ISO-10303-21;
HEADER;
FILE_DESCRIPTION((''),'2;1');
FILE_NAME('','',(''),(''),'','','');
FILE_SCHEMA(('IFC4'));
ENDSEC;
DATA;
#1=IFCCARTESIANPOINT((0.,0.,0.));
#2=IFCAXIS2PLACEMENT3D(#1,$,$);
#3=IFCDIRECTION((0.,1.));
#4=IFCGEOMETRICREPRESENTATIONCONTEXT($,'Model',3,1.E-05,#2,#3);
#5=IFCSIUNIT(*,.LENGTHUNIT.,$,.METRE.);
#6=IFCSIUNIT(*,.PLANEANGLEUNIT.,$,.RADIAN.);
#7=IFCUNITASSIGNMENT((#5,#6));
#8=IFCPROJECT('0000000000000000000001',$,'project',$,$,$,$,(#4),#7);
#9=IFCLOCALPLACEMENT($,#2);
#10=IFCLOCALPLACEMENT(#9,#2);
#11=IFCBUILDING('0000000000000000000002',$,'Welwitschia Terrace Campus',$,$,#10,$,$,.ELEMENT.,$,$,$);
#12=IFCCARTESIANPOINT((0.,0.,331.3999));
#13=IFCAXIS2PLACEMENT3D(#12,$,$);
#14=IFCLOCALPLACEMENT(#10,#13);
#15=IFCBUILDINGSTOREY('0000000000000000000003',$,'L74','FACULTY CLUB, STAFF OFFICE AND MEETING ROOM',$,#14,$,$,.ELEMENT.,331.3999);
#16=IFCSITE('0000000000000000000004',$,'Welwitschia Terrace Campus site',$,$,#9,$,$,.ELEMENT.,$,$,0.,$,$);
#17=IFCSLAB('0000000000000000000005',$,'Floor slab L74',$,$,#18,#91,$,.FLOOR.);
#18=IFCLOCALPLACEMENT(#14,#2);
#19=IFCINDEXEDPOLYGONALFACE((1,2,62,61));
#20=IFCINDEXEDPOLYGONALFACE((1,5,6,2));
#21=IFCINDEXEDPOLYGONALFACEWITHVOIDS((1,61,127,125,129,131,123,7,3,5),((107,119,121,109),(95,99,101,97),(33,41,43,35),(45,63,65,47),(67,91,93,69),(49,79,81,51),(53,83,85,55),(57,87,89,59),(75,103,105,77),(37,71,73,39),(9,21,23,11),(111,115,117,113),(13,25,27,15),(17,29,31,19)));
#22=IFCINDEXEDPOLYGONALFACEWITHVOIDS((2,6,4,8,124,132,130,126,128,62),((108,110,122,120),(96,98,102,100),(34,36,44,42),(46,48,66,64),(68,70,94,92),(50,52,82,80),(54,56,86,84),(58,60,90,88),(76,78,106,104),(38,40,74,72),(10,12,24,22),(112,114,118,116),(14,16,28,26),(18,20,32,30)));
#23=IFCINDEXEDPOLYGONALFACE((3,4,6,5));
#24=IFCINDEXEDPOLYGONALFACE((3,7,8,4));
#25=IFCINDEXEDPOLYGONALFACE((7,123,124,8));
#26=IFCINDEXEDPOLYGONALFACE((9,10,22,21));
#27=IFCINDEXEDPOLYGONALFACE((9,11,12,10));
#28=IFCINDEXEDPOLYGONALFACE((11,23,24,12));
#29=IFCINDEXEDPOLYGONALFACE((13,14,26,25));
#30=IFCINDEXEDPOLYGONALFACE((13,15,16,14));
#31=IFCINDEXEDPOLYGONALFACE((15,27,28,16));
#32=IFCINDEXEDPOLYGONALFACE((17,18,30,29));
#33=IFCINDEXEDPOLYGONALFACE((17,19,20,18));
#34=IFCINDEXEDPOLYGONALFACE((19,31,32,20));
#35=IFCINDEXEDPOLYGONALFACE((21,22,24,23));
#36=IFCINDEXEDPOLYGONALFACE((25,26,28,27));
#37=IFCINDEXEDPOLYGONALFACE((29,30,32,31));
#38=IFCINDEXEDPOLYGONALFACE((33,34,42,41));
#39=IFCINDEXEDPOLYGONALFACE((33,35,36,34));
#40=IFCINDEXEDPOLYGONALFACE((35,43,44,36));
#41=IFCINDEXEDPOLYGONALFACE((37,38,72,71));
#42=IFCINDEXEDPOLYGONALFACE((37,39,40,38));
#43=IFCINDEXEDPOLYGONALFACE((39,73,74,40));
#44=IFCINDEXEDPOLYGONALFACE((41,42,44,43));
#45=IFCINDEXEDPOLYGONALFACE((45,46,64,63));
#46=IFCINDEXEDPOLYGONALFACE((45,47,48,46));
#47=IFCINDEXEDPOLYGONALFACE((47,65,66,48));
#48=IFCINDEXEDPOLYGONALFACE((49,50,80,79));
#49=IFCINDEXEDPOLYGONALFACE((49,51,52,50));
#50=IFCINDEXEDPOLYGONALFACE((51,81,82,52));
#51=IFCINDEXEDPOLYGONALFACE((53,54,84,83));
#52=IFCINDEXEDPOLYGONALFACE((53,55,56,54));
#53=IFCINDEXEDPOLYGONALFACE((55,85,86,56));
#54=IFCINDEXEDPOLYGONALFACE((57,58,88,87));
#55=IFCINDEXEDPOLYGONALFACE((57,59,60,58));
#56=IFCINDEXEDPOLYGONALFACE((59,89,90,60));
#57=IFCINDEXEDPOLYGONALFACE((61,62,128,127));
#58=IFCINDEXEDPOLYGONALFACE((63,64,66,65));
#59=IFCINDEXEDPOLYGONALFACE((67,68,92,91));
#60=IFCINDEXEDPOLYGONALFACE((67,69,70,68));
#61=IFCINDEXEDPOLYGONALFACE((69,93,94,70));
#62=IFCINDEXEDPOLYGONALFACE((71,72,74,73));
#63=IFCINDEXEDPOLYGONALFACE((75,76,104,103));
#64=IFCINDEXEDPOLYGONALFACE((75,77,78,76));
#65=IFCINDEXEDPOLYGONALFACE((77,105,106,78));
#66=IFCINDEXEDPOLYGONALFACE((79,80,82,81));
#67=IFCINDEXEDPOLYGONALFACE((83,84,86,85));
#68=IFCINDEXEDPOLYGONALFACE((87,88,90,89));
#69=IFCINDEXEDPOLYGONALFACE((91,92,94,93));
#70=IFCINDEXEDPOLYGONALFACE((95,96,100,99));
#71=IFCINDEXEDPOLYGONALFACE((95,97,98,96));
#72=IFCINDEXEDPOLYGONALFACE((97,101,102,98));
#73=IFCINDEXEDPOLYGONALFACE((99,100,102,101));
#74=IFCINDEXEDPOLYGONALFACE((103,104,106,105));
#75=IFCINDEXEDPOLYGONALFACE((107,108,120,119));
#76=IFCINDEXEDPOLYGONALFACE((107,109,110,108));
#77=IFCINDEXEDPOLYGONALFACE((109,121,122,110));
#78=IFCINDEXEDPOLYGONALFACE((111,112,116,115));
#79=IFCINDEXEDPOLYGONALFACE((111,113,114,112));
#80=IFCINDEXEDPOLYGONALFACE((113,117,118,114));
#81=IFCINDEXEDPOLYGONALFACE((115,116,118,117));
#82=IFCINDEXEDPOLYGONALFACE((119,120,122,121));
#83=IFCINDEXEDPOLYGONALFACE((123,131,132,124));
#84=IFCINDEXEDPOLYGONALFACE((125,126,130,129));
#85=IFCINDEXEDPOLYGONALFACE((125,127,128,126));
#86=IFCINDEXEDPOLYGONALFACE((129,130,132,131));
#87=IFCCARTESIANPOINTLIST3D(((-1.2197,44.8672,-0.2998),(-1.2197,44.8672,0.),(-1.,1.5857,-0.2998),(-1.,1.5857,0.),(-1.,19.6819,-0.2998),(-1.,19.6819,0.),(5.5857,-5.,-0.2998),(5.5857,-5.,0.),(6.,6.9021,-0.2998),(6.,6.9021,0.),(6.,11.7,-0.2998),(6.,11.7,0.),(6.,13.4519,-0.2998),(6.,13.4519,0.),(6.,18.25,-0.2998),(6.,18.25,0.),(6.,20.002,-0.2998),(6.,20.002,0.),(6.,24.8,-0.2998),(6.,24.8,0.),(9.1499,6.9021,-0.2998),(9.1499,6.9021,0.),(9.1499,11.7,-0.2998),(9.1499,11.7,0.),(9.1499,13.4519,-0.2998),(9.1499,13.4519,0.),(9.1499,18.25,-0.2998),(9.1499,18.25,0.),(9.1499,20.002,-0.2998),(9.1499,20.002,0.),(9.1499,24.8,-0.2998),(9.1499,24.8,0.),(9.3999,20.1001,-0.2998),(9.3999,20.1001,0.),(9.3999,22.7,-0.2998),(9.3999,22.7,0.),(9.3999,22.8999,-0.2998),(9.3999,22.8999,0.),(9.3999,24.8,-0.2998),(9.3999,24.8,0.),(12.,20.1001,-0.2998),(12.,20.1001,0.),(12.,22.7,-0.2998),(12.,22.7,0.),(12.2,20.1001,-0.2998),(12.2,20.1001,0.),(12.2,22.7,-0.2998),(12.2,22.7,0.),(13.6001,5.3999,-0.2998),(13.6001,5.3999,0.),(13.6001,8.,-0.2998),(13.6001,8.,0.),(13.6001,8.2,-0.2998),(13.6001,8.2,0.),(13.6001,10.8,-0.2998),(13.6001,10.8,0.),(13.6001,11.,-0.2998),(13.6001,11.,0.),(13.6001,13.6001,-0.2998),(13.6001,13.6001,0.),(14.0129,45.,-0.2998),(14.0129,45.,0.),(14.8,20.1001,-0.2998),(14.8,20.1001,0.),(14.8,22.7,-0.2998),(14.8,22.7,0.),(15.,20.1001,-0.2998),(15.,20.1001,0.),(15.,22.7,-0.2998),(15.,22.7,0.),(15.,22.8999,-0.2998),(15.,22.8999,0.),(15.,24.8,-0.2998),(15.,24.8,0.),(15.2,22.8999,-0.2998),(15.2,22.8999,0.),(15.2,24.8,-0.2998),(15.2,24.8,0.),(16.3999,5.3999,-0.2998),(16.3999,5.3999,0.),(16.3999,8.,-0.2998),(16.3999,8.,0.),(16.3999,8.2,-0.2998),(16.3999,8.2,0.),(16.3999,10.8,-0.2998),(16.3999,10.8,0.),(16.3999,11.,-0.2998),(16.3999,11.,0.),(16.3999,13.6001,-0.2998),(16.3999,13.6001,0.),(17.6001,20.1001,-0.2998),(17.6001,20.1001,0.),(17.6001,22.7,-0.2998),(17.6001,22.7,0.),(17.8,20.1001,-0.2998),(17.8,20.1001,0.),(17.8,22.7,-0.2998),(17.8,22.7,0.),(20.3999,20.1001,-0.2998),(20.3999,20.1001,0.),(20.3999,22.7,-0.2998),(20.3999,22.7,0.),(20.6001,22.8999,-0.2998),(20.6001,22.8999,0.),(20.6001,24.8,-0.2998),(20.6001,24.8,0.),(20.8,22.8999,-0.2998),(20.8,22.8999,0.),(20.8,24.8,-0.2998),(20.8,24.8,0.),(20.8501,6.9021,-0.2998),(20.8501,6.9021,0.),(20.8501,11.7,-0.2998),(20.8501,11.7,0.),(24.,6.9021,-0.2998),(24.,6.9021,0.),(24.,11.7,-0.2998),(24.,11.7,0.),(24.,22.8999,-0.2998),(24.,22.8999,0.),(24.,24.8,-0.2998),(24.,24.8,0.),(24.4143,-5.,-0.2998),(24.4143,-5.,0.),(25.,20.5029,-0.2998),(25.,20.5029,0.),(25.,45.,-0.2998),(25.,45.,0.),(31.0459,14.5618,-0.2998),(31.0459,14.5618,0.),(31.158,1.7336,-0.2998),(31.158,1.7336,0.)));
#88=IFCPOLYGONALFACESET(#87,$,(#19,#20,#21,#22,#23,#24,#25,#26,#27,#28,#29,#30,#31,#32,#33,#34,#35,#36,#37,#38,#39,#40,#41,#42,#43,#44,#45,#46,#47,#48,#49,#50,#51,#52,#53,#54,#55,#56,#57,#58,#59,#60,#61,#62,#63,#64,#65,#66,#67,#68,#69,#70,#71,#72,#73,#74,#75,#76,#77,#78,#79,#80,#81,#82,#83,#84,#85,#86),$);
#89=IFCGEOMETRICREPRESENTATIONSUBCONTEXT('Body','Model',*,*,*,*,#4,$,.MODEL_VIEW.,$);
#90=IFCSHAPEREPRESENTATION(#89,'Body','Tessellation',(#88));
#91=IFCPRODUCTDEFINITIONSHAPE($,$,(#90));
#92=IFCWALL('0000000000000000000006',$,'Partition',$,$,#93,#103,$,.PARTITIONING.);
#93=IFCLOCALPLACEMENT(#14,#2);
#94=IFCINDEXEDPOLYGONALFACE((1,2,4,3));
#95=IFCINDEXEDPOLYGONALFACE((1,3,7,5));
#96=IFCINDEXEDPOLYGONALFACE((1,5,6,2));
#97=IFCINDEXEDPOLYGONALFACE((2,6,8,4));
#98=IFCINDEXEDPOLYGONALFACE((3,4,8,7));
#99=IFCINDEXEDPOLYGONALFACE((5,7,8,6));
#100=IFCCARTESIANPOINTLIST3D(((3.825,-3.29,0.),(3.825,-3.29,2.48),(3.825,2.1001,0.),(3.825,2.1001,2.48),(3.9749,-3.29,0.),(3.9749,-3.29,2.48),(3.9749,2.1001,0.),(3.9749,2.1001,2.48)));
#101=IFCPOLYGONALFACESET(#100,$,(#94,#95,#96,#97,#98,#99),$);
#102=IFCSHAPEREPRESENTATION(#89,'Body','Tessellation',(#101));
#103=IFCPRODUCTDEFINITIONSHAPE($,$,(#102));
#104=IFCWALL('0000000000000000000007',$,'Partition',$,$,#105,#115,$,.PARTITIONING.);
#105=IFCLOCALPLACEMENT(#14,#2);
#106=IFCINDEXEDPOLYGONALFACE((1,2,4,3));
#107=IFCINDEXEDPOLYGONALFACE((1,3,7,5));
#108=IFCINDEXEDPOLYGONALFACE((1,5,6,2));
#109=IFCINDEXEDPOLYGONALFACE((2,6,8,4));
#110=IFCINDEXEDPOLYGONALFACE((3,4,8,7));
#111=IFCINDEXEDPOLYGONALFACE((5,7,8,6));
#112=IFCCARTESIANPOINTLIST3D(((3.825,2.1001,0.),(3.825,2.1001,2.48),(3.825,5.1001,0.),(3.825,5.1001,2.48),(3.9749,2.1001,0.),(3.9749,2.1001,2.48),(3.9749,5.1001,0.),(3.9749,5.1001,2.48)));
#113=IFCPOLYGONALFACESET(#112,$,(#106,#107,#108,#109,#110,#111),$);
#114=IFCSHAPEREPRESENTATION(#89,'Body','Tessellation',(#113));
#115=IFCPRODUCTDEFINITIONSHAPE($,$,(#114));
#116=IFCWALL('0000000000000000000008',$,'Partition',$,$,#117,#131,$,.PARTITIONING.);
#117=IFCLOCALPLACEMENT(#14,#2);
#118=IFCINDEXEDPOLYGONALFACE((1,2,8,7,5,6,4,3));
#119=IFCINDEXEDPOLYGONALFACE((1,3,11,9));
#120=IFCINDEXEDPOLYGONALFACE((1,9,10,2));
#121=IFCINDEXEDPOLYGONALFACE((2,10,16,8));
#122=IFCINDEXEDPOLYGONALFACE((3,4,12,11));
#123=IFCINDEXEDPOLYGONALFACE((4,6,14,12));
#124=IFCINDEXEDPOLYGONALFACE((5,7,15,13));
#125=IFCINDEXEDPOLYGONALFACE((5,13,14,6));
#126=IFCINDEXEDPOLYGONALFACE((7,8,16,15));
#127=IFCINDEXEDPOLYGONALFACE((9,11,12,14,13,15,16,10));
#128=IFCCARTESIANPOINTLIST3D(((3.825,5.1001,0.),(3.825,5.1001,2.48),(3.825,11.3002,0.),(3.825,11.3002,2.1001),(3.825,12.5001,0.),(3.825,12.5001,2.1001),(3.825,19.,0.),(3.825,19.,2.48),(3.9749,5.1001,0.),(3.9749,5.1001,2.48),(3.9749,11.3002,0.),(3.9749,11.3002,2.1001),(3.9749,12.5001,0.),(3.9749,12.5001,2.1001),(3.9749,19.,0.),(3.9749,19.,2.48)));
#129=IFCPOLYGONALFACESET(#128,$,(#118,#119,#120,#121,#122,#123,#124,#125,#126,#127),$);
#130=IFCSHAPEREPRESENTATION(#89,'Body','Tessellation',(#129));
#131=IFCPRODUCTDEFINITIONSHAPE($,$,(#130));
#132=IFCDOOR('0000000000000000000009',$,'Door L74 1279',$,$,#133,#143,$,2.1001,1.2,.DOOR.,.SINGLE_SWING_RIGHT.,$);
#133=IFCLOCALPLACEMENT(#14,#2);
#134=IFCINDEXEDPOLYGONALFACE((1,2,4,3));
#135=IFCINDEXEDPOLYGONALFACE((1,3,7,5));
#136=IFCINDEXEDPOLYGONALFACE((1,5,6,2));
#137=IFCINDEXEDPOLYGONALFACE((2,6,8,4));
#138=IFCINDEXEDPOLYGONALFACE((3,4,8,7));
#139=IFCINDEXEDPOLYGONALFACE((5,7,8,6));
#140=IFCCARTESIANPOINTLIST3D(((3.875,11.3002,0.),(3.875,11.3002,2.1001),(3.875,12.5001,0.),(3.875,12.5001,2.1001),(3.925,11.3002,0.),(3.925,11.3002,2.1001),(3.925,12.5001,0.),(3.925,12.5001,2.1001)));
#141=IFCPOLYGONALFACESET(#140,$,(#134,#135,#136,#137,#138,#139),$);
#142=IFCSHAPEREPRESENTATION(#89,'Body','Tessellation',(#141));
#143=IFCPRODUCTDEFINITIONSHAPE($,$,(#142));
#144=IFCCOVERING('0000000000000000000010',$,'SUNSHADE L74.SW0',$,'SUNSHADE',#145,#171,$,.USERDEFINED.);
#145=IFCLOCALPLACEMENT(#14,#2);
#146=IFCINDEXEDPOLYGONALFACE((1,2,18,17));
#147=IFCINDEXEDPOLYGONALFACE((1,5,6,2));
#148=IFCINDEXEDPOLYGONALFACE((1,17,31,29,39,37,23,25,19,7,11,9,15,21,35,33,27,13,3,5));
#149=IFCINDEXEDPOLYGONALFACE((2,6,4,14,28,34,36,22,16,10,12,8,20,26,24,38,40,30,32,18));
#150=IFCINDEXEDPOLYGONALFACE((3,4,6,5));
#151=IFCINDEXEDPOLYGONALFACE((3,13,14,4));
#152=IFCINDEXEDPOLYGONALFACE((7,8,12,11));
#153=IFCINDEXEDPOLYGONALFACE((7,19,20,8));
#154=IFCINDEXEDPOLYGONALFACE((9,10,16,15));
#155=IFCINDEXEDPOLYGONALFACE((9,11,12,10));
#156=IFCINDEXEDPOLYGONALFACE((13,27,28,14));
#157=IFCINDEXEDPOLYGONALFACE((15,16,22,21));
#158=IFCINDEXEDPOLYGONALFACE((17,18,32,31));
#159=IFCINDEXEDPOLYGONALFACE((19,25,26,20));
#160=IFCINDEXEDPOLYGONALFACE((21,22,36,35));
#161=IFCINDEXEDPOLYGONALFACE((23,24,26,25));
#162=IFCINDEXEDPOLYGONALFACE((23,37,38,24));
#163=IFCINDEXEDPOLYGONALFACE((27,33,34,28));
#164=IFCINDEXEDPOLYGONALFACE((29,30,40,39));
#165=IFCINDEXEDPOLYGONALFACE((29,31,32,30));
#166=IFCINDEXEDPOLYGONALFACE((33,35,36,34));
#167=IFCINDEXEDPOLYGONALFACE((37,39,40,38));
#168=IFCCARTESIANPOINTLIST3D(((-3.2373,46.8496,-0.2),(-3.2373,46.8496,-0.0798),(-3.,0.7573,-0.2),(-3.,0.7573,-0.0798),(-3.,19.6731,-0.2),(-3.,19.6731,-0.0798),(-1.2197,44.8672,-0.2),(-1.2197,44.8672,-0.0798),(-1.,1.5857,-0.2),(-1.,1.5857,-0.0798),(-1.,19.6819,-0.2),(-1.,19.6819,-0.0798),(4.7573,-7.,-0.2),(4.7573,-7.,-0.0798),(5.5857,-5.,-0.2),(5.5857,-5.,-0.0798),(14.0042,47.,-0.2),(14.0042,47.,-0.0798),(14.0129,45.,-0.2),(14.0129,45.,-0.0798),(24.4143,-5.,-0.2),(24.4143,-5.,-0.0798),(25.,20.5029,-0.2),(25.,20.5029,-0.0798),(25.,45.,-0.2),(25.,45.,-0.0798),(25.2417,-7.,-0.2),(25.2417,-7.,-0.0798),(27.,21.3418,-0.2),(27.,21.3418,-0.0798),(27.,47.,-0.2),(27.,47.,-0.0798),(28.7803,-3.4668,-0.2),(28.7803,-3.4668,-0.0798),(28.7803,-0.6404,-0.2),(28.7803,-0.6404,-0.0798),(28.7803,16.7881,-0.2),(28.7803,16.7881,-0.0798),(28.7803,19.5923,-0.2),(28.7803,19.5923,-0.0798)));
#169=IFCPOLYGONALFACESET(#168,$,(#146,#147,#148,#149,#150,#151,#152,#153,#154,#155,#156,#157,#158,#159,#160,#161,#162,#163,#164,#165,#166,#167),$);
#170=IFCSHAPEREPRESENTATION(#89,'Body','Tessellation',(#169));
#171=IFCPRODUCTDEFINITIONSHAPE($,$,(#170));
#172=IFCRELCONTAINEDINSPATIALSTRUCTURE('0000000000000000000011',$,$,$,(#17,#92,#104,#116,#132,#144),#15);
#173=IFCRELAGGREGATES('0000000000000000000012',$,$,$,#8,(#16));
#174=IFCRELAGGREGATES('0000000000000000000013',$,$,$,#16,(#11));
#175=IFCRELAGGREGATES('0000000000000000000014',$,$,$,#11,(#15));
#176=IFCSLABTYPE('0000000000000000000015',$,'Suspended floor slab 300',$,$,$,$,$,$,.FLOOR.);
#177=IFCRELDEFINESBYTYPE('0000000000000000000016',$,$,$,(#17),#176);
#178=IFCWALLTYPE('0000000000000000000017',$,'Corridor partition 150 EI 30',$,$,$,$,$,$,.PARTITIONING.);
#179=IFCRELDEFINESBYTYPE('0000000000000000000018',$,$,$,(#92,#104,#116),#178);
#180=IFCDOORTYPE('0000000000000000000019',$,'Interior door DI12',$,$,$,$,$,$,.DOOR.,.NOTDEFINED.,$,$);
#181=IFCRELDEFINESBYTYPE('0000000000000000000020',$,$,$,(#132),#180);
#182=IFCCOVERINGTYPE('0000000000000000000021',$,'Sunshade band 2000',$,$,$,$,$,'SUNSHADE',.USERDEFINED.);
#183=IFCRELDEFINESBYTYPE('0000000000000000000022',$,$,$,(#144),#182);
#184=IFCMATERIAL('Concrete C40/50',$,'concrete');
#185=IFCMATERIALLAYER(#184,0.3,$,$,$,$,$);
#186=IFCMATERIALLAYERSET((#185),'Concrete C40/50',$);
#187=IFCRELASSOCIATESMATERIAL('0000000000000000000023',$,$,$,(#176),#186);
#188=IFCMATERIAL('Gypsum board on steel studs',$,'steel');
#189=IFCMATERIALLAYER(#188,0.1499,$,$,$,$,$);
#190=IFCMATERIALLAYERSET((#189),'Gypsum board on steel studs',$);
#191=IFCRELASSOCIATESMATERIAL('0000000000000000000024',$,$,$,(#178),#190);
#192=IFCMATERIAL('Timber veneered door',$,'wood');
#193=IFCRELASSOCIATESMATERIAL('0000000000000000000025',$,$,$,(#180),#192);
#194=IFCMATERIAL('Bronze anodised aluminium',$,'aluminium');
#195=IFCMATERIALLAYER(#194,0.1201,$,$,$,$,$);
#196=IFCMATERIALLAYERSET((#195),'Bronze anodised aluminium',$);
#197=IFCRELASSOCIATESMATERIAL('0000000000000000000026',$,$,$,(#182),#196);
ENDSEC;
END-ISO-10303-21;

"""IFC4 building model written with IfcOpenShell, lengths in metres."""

from ifc_helpers import new_model, si_unit, direction, frame, frame_2d, origin, place, context, subcontext, project, spatial, polyline, rectangle, outline, extrude, material, layer, layer_set, type_object, element, fill, save


model = new_model("IFC4")

# Units and contexts
model_context = context("Model", 3, precision=1e-05, world=origin(), true_north=direction((0.0, 1.0)))
body_context = subcontext(model_context, "Body", "Model", "MODEL_VIEW")
ifc_project = project(units=[si_unit("LENGTHUNIT", "METRE"), si_unit("PLANEANGLEUNIT", "RADIAN")], contexts=[model_context])

# Site, building, storey
site_placement = place(None, origin())
site = spatial("IfcSite", under=ifc_project, at=site_placement, Name="Welwitschia Terrace Campus site", CompositionType="ELEMENT", RefElevation=0.0)
building_placement = place(site_placement, origin())
building = spatial("IfcBuilding", under=site, at=building_placement, Name="Welwitschia Terrace Campus", CompositionType="ELEMENT")
storey_placement = place(building_placement, frame((0.0, 0.0, 331.3999)))
storey = spatial("IfcBuildingStorey", under=building, at=storey_placement, Name="L74", Description="FACULTY CLUB, STAFF OFFICE AND MEETING ROOM", CompositionType="ELEMENT", Elevation=331.3999)

# Slab
ifc_material_1 = material(Name="Concrete C40/50", Category="concrete")
ifc_layer_1 = layer(ifc_material_1, 0.3)
ifc_layer_set_1 = layer_set([ifc_layer_1], Name="Concrete C40/50")
slab_type_1 = type_object("IfcSlabType", Name="Suspended floor slab 300", PredefinedType="FLOOR", material=ifc_layer_set_1)
slab_1_placement = place(storey_placement, frame((0.0, 0.0, -0.2998)))
element("IfcSlab", 1, at=slab_1_placement, inside=storey, type_object=slab_type_1, Name="Floor slab L74", PredefinedType="FLOOR", context=body_context, shape_type="SweptSolid", body=[
    extrude(outline(polyline([(14.0129, 45.0), (25.0, 45.0), (25.0, 20.5029), (31.0459, 14.5618), (31.158, 1.7336), (24.4143, -5.0), (5.5857, -5.0), (-1.0, 1.5857), (-1.0, 19.6819), (-1.2197, 44.8672), (14.0129, 45.0)]), holes=[polyline([(13.6001, 8.0), (13.6001, 5.3999), (16.3999, 5.3999), (16.3999, 8.0), (13.6001, 8.0)]), polyline([(9.1499, 11.7), (6.0, 11.7), (6.0, 6.9021), (9.1499, 6.9021), (9.1499, 11.7)]), polyline([(9.1499, 18.25), (6.0, 18.25), (6.0, 13.4519), (9.1499, 13.4519), (9.1499, 18.25)]), polyline([(12.0, 22.7), (9.3999, 22.7), (9.3999, 20.1001), (12.0, 20.1001), (12.0, 22.7)]), polyline([(14.8, 22.7), (12.2, 22.7), (12.2, 20.1001), (14.8, 20.1001), (14.8, 22.7)]), polyline([(9.1499, 24.8), (6.0, 24.8), (6.0, 20.002), (9.1499, 20.002), (9.1499, 24.8)]), polyline([(15.0, 24.8), (9.3999, 24.8), (9.3999, 22.8999), (15.0, 22.8999), (15.0, 24.8)]), polyline([(20.8501, 11.7), (20.8501, 6.9021), (24.0, 6.9021), (24.0, 11.7), (20.8501, 11.7)]), polyline([(16.3999, 10.8), (13.6001, 10.8), (13.6001, 8.2), (16.3999, 8.2), (16.3999, 10.8)]), polyline([(16.3999, 13.6001), (13.6001, 13.6001), (13.6001, 11.0), (16.3999, 11.0), (16.3999, 13.6001)]), polyline([(17.6001, 22.7), (15.0, 22.7), (15.0, 20.1001), (17.6001, 20.1001), (17.6001, 22.7)]), polyline([(20.3999, 22.7), (17.8, 22.7), (17.8, 20.1001), (20.3999, 20.1001), (20.3999, 22.7)]), polyline([(20.6001, 24.8), (15.2, 24.8), (15.2, 22.8999), (20.6001, 22.8999), (20.6001, 24.8)]), polyline([(24.0, 24.8), (20.8, 24.8), (20.8, 22.8999), (24.0, 22.8999), (24.0, 24.8)])]), origin(), (0.0, 0.0, 1.0), 0.2998),
])

# Walls
ifc_material_2 = material(Name="Gypsum board on steel studs", Category="steel")
ifc_layer_2 = layer(ifc_material_2, 0.1499)
ifc_layer_set_2 = layer_set([ifc_layer_2], Name="Gypsum board on steel studs")
wall_type = type_object("IfcWallType", Name="Corridor partition 150 EI 30", PredefinedType="PARTITIONING", material=ifc_layer_set_2)
wall_1_placement = place(storey_placement, frame((3.8999, -3.29, 0.0), z_axis=(0.0, 0.0, 1.0), x_axis=(0.0, 1.0, 0.0)))
element("IfcWall", 2, at=wall_1_placement, inside=storey, type_object=wall_type, Name="Partition", PredefinedType="PARTITIONING", context=body_context, shape_type="SweptSolid", body=[
    extrude(rectangle(XDim=5.3901, YDim=0.1499, at=frame_2d((2.6951, 0.0))), origin(), (0.0, 0.0, 1.0), 2.48),
])
wall_2_placement = place(storey_placement, frame((3.8999, 2.1001, 0.0), z_axis=(0.0, 0.0, 1.0), x_axis=(0.0, 1.0, 0.0)))
element("IfcWall", 3, at=wall_2_placement, inside=storey, type_object=wall_type, Name="Partition", PredefinedType="PARTITIONING", context=body_context, shape_type="SweptSolid", body=[
    extrude(rectangle(XDim=3.0, YDim=0.1499, at=frame_2d((1.5, 0.0))), origin(), (0.0, 0.0, 1.0), 2.48),
])

# Wall, opening, door
wall_3_placement = place(storey_placement, frame((3.8999, 5.1001, 0.0), z_axis=(0.0, 0.0, 1.0), x_axis=(0.0, 1.0, 0.0)))
wall_3 = element("IfcWall", 4, at=wall_3_placement, inside=storey, type_object=wall_type, Name="Partition", PredefinedType="PARTITIONING", context=body_context, shape_type="SweptSolid", body=[
    extrude(rectangle(XDim=13.8999, YDim=0.1499, at=frame_2d((6.95, 0.0))), origin(), (0.0, 0.0, 1.0), 2.48),
])
opening_placement = place(wall_3_placement, frame((6.2, 0.0, 0.0)))
opening = element("IfcOpeningElement", 5, at=opening_placement, cuts=wall_3, PredefinedType="OPENING", context=body_context, shape_type="SweptSolid", body=[
    extrude(rectangle(XDim=1.2, YDim=2.1001, at=frame_2d((0.6001, 1.05))), frame((0.0, 0.085, 0.0), z_axis=(0.0, -1.0, 0.0), x_axis=(1.0, 0.0, 0.0)), (0.0, 0.0, 1.0), 0.1699),
])
ifc_material_3 = material(Name="Timber veneered door", Category="wood")
door_type = type_object("IfcDoorType", Name="Interior door DI12", OperationType="NOTDEFINED", PredefinedType="DOOR", material=ifc_material_3)
door_placement = place(opening_placement, origin())
door = element("IfcDoor", 6, at=door_placement, inside=storey, type_object=door_type, Name="Door L74 1279", OperationType="SINGLE_SWING_RIGHT", OverallHeight=2.1001, OverallWidth=1.2, PredefinedType="DOOR", context=body_context, shape_type="SweptSolid", body=[
    extrude(rectangle(XDim=1.2, YDim=2.1001, at=frame_2d((0.6001, 1.05))), frame((0.0, 0.0249, 0.0), z_axis=(0.0, -1.0, 0.0), x_axis=(1.0, 0.0, 0.0)), (0.0, 0.0, 1.0), 0.05),
])
fill(opening, door)

# Covering
ifc_material_4 = material(Name="Bronze anodised aluminium", Category="aluminium")
ifc_layer_3 = layer(ifc_material_4, 0.1201)
ifc_layer_set_3 = layer_set([ifc_layer_3], Name="Bronze anodised aluminium")
covering_type_1 = type_object("IfcCoveringType", Name="Sunshade band 2000", ElementType="SUNSHADE", PredefinedType="USERDEFINED", material=ifc_layer_set_3)
covering_1_placement = place(storey_placement, frame((0.0, 0.0, -0.2)))
element("IfcCovering", 7, at=covering_1_placement, inside=storey, type_object=covering_type_1, Name="SUNSHADE L74.SW0", ObjectType="SUNSHADE", PredefinedType="USERDEFINED", context=body_context, shape_type="SweptSolid", body=[
    extrude(outline(polyline([(27.0, 47.0), (27.0, 21.3418), (28.7803, 19.5923), (28.7803, 16.7881), (25.0, 20.5029), (25.0, 45.0), (14.0129, 45.0), (-1.2197, 44.8672), (-1.0, 19.6819), (-1.0, 1.5857), (5.5857, -5.0), (24.4143, -5.0), (28.7803, -0.6404), (28.7803, -3.4668), (25.2417, -7.0), (4.7573, -7.0), (-3.0, 0.7573), (-3.0, 19.6731), (-3.2373, 46.8496), (14.0042, 47.0), (27.0, 47.0)])), origin(), (0.0, 0.0, 1.0), 0.1201),
])

save(model, "model.ifc")
